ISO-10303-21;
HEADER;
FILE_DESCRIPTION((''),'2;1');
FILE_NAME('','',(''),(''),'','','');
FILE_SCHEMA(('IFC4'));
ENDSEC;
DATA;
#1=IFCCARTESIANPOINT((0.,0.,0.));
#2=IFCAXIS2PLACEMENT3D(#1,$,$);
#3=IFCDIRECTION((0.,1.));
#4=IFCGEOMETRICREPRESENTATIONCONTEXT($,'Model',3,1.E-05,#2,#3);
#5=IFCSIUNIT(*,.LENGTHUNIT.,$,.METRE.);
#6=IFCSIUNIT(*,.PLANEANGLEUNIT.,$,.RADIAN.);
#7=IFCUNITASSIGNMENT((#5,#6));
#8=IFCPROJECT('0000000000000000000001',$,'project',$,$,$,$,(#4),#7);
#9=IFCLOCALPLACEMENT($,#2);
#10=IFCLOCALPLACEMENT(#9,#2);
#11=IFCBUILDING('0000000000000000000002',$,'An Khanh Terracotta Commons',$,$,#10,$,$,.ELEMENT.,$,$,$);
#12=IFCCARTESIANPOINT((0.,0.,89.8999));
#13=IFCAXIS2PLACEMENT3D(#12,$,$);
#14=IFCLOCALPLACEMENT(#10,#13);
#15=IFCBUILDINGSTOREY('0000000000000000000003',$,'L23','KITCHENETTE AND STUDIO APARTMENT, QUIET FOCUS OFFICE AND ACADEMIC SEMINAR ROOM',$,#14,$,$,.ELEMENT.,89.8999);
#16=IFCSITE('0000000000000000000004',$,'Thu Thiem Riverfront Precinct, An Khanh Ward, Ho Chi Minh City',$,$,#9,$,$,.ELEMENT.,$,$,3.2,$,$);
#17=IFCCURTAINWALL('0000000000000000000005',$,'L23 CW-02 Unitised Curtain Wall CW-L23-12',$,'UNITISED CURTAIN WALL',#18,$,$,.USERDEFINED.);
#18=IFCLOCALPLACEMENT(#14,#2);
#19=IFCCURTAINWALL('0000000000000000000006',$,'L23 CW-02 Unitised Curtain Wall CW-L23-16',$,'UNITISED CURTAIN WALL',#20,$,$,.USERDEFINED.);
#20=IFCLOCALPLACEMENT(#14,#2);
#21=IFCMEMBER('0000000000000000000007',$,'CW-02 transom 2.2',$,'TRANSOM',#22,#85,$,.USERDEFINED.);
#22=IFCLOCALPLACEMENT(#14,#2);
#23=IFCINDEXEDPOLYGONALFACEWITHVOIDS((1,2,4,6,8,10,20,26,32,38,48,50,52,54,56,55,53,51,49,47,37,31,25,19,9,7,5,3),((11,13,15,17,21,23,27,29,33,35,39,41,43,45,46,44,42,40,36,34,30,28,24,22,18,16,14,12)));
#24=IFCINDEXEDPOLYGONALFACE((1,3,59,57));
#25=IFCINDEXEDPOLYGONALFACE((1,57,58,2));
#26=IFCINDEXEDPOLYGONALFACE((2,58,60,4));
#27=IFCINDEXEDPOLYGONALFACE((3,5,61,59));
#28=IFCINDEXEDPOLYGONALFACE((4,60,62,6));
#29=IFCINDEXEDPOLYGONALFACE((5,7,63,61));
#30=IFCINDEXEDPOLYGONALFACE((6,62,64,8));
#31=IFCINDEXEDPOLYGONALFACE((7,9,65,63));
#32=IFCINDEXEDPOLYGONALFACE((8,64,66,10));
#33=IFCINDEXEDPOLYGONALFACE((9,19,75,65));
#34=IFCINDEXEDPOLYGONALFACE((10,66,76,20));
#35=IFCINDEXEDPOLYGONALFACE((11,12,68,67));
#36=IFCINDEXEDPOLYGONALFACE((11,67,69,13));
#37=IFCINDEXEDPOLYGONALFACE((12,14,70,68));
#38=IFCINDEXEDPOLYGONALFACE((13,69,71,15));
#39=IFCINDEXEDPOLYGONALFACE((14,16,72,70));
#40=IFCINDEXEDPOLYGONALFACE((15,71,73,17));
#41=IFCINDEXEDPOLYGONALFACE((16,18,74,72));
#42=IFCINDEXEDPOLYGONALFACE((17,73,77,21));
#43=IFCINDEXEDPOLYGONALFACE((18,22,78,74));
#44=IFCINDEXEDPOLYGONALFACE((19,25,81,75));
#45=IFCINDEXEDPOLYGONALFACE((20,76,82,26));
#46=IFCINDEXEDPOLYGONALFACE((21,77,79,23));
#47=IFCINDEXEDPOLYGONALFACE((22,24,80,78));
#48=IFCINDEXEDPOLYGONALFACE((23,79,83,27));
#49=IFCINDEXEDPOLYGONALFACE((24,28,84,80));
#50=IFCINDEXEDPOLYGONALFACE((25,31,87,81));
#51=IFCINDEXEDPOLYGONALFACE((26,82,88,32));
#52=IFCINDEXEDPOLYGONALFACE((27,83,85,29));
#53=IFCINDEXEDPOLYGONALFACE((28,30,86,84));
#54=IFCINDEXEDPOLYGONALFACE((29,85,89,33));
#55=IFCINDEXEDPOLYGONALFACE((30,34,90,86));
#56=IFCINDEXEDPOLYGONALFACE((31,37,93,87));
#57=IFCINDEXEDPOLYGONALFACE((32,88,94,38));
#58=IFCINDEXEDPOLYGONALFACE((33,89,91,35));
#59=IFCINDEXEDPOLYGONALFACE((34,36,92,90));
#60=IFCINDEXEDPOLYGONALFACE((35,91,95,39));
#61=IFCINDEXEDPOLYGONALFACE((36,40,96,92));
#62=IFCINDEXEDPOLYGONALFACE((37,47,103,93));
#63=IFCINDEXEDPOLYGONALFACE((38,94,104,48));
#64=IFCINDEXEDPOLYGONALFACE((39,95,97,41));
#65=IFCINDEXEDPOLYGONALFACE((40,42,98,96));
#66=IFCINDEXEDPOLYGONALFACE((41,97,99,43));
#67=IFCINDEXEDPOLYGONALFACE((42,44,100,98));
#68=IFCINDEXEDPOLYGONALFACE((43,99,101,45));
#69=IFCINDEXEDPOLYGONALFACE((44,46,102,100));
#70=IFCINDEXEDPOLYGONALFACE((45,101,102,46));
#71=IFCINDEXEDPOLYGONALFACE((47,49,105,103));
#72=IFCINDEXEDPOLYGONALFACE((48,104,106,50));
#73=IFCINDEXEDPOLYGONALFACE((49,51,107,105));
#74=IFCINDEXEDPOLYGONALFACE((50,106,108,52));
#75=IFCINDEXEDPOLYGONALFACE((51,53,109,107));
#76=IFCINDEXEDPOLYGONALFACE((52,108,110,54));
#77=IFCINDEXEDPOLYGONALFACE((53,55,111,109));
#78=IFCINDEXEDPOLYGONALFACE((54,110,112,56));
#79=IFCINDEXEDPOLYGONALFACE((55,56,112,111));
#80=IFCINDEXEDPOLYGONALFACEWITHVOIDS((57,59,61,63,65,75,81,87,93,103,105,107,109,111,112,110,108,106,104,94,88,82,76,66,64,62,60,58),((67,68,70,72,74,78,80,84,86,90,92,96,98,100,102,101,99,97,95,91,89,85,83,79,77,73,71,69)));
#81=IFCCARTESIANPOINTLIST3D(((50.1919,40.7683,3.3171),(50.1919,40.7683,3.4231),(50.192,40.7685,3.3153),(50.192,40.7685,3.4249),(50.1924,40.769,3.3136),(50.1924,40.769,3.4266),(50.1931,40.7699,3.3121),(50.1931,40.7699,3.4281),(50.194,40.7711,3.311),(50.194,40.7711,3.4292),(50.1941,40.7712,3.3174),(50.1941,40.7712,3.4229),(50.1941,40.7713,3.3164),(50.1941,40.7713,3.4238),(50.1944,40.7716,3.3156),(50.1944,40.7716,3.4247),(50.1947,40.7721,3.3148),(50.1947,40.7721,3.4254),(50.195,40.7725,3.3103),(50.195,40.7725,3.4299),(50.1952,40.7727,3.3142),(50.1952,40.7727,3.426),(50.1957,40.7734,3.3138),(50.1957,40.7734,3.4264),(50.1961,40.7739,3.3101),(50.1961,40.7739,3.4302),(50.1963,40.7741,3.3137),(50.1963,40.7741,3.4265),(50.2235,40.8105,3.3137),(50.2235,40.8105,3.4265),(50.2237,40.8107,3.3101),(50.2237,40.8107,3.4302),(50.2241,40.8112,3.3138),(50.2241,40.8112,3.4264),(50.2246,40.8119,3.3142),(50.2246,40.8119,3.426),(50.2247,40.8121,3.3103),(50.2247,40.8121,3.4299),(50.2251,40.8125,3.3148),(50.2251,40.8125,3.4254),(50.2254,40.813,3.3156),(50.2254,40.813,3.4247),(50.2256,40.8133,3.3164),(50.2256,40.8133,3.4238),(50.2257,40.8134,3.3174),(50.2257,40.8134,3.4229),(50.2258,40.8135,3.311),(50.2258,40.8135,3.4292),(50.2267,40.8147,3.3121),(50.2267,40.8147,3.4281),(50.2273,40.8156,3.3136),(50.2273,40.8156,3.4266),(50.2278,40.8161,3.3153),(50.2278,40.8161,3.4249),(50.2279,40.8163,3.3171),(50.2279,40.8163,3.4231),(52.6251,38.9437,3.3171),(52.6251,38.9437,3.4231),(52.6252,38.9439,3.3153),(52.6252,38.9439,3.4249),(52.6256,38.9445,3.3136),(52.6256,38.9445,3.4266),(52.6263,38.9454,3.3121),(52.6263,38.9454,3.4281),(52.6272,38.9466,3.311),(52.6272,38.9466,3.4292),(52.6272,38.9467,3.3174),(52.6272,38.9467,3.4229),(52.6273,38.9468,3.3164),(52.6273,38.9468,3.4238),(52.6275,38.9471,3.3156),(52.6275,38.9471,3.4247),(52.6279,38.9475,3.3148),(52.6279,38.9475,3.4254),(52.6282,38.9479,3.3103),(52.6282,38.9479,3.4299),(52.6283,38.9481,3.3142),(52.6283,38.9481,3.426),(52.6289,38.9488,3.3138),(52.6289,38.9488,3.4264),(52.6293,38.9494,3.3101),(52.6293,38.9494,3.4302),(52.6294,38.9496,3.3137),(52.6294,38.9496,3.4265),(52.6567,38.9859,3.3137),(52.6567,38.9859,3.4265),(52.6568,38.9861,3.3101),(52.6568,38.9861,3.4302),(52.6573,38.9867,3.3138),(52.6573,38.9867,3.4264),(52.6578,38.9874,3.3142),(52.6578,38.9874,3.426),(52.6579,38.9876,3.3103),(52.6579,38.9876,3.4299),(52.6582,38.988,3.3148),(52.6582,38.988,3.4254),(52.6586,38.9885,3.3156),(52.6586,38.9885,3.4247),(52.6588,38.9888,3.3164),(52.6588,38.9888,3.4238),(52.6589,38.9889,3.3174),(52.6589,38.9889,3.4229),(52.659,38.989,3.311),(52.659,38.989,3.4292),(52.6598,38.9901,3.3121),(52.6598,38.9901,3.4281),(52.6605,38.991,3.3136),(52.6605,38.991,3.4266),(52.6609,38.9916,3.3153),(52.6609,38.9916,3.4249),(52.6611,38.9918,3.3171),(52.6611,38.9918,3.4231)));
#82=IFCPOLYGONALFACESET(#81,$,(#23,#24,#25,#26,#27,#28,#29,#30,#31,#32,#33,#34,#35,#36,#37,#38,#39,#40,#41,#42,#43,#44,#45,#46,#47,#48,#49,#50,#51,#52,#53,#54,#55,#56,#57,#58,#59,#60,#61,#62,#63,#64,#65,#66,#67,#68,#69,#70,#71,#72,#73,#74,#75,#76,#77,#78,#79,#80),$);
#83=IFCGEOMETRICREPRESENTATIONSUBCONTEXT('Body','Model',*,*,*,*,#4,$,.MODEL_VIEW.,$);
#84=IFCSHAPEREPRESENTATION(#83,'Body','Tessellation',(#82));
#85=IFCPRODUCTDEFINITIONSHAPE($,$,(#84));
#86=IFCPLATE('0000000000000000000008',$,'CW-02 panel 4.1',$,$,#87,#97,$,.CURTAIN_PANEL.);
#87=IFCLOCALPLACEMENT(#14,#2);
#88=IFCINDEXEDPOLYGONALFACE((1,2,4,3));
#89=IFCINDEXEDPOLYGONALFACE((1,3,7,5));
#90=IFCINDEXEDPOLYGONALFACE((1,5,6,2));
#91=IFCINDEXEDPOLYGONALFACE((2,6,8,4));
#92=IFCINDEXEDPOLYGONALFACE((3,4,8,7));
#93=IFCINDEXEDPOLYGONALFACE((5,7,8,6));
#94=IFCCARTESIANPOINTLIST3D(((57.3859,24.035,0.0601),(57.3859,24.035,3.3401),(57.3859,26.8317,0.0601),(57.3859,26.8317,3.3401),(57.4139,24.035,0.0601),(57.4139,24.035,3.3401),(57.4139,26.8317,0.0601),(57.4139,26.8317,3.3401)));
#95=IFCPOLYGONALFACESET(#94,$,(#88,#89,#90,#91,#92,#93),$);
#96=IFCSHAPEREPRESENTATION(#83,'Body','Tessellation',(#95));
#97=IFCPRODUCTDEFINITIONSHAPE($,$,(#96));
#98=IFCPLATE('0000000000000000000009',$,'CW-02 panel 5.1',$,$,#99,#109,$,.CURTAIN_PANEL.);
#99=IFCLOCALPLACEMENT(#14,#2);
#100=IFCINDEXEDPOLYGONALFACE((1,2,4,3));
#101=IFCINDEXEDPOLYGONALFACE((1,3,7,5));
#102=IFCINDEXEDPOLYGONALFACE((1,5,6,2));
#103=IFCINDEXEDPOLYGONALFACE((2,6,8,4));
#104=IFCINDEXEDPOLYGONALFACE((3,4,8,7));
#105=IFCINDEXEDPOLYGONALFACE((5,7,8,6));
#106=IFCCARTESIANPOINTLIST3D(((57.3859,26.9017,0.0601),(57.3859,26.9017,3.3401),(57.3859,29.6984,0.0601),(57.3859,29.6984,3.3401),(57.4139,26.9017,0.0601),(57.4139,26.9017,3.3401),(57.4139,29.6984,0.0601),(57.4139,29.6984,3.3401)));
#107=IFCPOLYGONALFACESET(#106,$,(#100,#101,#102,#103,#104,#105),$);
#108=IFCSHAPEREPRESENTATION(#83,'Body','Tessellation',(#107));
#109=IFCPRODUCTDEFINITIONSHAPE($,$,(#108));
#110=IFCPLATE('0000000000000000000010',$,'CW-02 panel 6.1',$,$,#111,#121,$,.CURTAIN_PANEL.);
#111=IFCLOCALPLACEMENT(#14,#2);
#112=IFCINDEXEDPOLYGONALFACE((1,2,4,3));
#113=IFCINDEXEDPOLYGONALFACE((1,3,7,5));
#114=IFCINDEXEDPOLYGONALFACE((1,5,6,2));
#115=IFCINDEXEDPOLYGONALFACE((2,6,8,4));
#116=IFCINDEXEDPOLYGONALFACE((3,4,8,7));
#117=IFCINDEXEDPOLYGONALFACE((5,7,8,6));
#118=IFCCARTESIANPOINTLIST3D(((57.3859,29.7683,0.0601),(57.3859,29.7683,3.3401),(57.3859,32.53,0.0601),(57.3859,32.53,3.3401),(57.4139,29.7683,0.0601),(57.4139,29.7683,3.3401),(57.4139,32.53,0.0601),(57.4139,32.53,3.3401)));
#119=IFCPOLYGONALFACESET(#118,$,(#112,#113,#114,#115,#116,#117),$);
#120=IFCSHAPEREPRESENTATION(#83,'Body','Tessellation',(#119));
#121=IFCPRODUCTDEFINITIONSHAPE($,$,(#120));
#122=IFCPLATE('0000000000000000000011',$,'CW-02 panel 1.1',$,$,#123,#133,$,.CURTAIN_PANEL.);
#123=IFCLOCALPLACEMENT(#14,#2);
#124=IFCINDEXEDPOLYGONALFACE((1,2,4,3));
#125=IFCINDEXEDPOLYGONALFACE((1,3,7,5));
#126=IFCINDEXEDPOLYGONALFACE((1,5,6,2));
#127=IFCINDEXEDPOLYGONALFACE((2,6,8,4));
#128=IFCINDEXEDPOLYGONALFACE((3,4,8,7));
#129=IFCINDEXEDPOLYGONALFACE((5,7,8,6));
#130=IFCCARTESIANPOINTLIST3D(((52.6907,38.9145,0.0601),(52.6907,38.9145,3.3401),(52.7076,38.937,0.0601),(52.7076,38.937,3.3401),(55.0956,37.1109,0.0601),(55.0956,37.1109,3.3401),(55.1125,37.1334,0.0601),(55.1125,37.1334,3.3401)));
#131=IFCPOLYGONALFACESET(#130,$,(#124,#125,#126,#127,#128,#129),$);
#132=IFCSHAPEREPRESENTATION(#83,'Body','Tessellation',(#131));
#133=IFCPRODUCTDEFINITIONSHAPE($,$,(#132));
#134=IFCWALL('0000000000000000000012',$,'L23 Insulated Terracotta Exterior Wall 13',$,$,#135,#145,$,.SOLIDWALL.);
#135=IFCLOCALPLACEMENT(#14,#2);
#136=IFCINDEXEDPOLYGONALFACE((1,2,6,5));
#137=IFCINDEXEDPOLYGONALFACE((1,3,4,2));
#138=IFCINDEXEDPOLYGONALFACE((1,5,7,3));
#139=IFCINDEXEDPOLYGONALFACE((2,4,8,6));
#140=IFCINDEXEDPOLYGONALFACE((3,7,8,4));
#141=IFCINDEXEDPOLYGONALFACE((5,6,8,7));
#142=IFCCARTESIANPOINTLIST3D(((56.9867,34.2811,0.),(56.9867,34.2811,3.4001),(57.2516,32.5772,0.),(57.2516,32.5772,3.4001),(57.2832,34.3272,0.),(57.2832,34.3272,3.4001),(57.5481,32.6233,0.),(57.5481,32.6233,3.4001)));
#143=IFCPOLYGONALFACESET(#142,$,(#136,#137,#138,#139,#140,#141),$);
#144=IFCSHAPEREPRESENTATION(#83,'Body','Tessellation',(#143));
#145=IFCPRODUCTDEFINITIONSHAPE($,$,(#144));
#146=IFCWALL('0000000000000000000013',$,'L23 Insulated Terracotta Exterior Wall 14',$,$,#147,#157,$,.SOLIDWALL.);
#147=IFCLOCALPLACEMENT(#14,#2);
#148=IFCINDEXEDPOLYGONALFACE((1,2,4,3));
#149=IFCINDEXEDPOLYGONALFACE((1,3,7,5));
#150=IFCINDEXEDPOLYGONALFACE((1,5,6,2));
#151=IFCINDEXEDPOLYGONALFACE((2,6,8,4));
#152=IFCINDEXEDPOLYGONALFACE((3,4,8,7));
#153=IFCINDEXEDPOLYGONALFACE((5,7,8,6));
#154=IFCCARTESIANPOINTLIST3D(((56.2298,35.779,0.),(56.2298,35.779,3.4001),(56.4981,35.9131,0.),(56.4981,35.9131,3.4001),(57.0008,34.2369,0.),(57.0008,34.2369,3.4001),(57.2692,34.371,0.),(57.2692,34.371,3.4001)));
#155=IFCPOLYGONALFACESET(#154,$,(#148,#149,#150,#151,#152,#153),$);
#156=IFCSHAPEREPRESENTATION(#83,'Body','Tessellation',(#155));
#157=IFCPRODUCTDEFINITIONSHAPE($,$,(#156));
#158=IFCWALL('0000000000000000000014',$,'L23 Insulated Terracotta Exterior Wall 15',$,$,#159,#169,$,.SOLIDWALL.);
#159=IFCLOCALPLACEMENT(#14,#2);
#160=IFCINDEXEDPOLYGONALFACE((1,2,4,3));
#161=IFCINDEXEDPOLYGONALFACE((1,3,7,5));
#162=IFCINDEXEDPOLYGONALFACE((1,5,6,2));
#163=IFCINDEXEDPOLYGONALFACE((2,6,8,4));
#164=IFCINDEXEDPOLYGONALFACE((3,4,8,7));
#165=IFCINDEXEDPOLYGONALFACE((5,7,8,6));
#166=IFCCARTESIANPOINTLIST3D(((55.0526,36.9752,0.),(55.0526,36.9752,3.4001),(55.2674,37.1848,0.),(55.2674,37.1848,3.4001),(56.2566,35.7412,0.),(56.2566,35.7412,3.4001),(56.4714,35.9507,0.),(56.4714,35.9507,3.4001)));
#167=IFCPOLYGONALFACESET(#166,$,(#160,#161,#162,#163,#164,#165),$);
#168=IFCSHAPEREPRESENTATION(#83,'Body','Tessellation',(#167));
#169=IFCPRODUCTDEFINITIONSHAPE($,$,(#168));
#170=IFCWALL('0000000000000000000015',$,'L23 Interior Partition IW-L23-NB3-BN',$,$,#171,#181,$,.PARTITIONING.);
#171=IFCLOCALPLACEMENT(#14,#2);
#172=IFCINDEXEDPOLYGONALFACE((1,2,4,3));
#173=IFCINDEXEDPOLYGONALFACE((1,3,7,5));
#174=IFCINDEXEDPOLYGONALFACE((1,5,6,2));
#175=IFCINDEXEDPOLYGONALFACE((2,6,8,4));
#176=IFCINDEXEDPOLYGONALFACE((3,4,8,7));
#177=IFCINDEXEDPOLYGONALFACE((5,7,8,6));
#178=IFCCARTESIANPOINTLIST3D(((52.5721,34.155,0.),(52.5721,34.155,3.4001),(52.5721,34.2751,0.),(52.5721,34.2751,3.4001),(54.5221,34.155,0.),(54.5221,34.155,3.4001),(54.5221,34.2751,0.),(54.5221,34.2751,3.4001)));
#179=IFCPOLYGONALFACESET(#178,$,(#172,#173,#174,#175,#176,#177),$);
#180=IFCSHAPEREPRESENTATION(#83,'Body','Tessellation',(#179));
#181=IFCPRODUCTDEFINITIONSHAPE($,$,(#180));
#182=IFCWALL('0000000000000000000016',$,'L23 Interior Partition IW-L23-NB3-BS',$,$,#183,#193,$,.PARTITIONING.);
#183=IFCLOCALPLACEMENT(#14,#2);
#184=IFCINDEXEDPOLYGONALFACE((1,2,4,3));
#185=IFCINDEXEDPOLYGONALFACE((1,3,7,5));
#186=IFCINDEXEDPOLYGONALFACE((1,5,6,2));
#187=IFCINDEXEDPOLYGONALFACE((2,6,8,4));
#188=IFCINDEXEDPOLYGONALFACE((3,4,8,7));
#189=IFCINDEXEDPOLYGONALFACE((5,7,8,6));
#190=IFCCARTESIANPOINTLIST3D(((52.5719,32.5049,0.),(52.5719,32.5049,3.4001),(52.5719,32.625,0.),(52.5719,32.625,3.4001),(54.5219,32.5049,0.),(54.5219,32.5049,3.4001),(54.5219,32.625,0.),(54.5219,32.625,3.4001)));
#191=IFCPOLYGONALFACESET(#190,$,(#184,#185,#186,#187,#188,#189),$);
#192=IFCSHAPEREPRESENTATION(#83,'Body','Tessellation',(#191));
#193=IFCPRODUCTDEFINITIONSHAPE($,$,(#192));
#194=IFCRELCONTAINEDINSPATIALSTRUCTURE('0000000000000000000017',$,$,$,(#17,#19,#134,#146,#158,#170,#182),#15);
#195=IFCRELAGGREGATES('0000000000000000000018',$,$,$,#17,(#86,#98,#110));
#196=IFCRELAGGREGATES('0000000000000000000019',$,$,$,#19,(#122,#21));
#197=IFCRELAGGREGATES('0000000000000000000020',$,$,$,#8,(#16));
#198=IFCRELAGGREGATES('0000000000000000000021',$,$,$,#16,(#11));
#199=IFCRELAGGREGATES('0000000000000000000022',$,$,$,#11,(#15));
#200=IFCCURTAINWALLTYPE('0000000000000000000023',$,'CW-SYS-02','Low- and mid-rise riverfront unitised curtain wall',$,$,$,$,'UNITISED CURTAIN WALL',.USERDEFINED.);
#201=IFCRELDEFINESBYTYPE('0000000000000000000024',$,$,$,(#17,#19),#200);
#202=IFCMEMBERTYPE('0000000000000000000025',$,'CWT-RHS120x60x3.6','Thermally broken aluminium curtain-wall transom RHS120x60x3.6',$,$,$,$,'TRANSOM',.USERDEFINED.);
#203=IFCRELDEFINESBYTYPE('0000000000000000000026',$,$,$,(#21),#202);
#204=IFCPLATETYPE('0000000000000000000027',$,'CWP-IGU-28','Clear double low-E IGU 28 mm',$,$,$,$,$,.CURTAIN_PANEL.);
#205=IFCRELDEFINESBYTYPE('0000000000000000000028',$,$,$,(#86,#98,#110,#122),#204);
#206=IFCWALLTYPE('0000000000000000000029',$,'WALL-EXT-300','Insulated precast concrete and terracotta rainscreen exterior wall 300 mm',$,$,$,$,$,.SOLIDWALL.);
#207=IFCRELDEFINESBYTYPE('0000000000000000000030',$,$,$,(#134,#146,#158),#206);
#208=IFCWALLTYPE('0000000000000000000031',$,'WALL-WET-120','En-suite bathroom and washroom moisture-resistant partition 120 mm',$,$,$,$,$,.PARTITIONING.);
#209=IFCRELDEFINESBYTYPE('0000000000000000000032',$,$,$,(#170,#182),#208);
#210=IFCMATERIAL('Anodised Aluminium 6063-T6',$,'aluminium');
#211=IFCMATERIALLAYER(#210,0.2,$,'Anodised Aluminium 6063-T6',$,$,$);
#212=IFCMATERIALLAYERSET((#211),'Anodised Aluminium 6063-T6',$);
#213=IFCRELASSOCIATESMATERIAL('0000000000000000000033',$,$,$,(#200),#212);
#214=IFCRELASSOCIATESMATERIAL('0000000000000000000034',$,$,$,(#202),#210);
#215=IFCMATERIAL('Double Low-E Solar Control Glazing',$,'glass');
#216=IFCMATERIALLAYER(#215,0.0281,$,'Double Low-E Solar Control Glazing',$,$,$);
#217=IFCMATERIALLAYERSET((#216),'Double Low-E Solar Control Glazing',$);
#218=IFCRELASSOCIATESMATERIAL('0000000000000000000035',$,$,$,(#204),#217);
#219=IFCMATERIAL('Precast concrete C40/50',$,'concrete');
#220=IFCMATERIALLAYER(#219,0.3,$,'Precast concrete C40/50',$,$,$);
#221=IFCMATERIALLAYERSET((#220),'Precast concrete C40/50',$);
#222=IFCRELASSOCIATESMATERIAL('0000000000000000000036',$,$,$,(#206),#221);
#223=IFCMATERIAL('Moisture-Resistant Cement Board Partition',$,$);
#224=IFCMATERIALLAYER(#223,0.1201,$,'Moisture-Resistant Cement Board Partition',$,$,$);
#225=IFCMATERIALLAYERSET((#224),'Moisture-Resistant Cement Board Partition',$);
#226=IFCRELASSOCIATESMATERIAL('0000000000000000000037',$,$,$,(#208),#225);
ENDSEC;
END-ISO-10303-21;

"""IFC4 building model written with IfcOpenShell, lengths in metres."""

from ifc_helpers import new_model, si_unit, direction, frame, frame_2d, origin, origin_2d, place, context, subcontext, project, spatial, rectangle, hollow_rectangle, extrude, material, layer, layer_set, material_profile, profile_set, type_object, element, aggregate, save


model = new_model("IFC4")

# Units and contexts
model_context = context("Model", 3, precision=1e-05, world=origin(), true_north=direction((0.0, 1.0)))
body_context = subcontext(model_context, "Body", "Model", "MODEL_VIEW")
ifc_project = project(units=[si_unit("LENGTHUNIT", "METRE"), si_unit("PLANEANGLEUNIT", "RADIAN")], contexts=[model_context])

# Site, building, storey
site_placement = place(None, origin())
site = spatial("IfcSite", under=ifc_project, at=site_placement, Name="Thu Thiem Riverfront Precinct, An Khanh Ward, Ho Chi Minh City", CompositionType="ELEMENT", RefElevation=3.2)
building_placement = place(site_placement, origin())
building = spatial("IfcBuilding", under=site, at=building_placement, Name="An Khanh Terracotta Commons", CompositionType="ELEMENT")
storey_placement = place(building_placement, frame((0.0, 0.0, 89.8999)))
storey = spatial("IfcBuildingStorey", under=building, at=storey_placement, Name="L23", Description="KITCHENETTE AND STUDIO APARTMENT, QUIET FOCUS OFFICE AND ACADEMIC SEMINAR ROOM", CompositionType="ELEMENT", Elevation=89.8999)

# Curtain walls
ifc_material_1 = material(Name="Anodised Aluminium 6063-T6", Category="aluminium")
ifc_layer_1 = layer(ifc_material_1, 0.2, Name="Anodised Aluminium 6063-T6")
ifc_layer_set_1 = layer_set([ifc_layer_1], Name="Anodised Aluminium 6063-T6")
curtain_wall_type = type_object("IfcCurtainWallType", Name="CW-SYS-02", Description="Low- and mid-rise riverfront unitised curtain wall", ElementType="UNITISED CURTAIN WALL", PredefinedType="USERDEFINED", material=ifc_layer_set_1)
curtain_wall_1_placement = place(storey_placement, origin())
curtain_wall_1 = element("IfcCurtainWall", 1, at=curtain_wall_1_placement, inside=storey, type_object=curtain_wall_type, Name="L23 CW-02 Unitised Curtain Wall CW-L23-12", ObjectType="UNITISED CURTAIN WALL", PredefinedType="USERDEFINED")
curtain_wall_2_placement = place(storey_placement, origin())
curtain_wall_2 = element("IfcCurtainWall", 2, at=curtain_wall_2_placement, inside=storey, type_object=curtain_wall_type, Name="L23 CW-02 Unitised Curtain Wall CW-L23-16", ObjectType="UNITISED CURTAIN WALL", PredefinedType="USERDEFINED")

# Member
ifc_material_profile_1 = material_profile(ifc_material_1, hollow_rectangle(XDim=0.0601, YDim=0.1201, WallThickness=0.0037, InnerFilletRadius=0.0037, OuterFilletRadius=0.0071, at=origin_2d()), Name="RHS120x60x3.6")
ifc_profile_set_1 = profile_set([ifc_material_profile_1], Name="Anodised Aluminium 6063-T6")
member_type_1 = type_object("IfcMemberType", Name="CWT-RHS120x60x3.6", Description="Thermally broken aluminium curtain-wall transom RHS120x60x3.6", ElementType="TRANSOM", PredefinedType="USERDEFINED", material=ifc_profile_set_1)
member_1_placement = place(storey_placement, frame((52.6431, 38.9678, 3.3701), z_axis=(-0.800058, 0.599923, 0.0), x_axis=(-0.599923, -0.800058, 0.0)))
member_1 = element("IfcMember", 3, at=member_1_placement, type_object=member_type_1, Name="CW-02 transom 2.2", ObjectType="TRANSOM", PredefinedType="USERDEFINED", context=body_context, shape_type="SweptSolid", body=[
    extrude(hollow_rectangle(XDim=0.0601, YDim=0.1201, WallThickness=0.0037, InnerFilletRadius=0.0037, OuterFilletRadius=0.0071, at=origin_2d()), origin(), (0.0, 0.0, 1.0), 3.0413),
])

# Plates
ifc_material_2 = material(Name="Double Low-E Solar Control Glazing", Category="glass")
ifc_layer_2 = layer(ifc_material_2, 0.0281, Name="Double Low-E Solar Control Glazing")
ifc_layer_set_2 = layer_set([ifc_layer_2], Name="Double Low-E Solar Control Glazing")
plate_type = type_object("IfcPlateType", Name="CWP-IGU-28", Description="Clear double low-E IGU 28 mm", PredefinedType="CURTAIN_PANEL", material=ifc_layer_set_2)
plate_1_placement = place(storey_placement, frame((57.3999, 25.4333, 0.0601), z_axis=(0.0, 0.0, 1.0), x_axis=(0.0, 1.0, 0.0)))
plate_1 = element("IfcPlate", 4, at=plate_1_placement, type_object=plate_type, Name="CW-02 panel 4.1", PredefinedType="CURTAIN_PANEL", context=body_context, shape_type="SweptSolid", body=[
    extrude(rectangle(XDim=2.7966, YDim=0.0281, at=origin_2d()), origin(), (0.0, 0.0, 1.0), 3.28),
])
plate_2_placement = place(storey_placement, frame((57.3999, 28.3, 0.0601), z_axis=(0.0, 0.0, 1.0), x_axis=(0.0, 1.0, 0.0)))
plate_2 = element("IfcPlate", 5, at=plate_2_placement, type_object=plate_type, Name="CW-02 panel 5.1", PredefinedType="CURTAIN_PANEL", context=body_context, shape_type="SweptSolid", body=[
    extrude(rectangle(XDim=2.7966, YDim=0.0281, at=origin_2d()), origin(), (0.0, 0.0, 1.0), 3.28),
])
plate_3_placement = place(storey_placement, frame((57.3999, 31.1492, 0.0601), z_axis=(0.0, 0.0, 1.0), x_axis=(0.0, 1.0, 0.0)))
plate_3 = element("IfcPlate", 6, at=plate_3_placement, type_object=plate_type, Name="CW-02 panel 6.1", PredefinedType="CURTAIN_PANEL", context=body_context, shape_type="SweptSolid", body=[
    extrude(rectangle(XDim=2.7617, YDim=0.0281, at=origin_2d()), origin(), (0.0, 0.0, 1.0), 3.28),
])
aggregate(curtain_wall_1, [plate_1, plate_2, plate_3])
plate_4_placement = place(storey_placement, frame((53.9016, 38.0239, 0.0601), z_axis=(0.0, 0.0, 1.0), x_axis=(-0.800013, 0.599983, 0.0)))
plate_4 = element("IfcPlate", 7, at=plate_4_placement, type_object=plate_type, Name="CW-02 panel 1.1", PredefinedType="CURTAIN_PANEL", context=body_context, shape_type="SweptSolid", body=[
    extrude(rectangle(XDim=3.0061, YDim=0.0281, at=origin_2d()), origin(), (0.0, 0.0, 1.0), 3.28),
])
aggregate(curtain_wall_2, [plate_4, member_1])

# Walls
ifc_material_3 = material(Name="Precast concrete C40/50", Category="concrete")
ifc_layer_3 = layer(ifc_material_3, 0.3, Name="Precast concrete C40/50")
ifc_layer_set_3 = layer_set([ifc_layer_3], Name="Precast concrete C40/50")
wall_type_1 = type_object("IfcWallType", Name="WALL-EXT-300", Description="Insulated precast concrete and terracotta rainscreen exterior wall 300 mm", PredefinedType="SOLIDWALL", material=ifc_layer_set_3)
wall_1_placement = place(storey_placement, frame((57.3999, 32.6001, 0.0), z_axis=(0.0, 0.0, 1.0), x_axis=(-0.153621, 0.98813, 0.0)))
element("IfcWall", 8, at=wall_1_placement, inside=storey, type_object=wall_type_1, Name="L23 Insulated Terracotta Exterior Wall 13", PredefinedType="SOLIDWALL", context=body_context, shape_type="SweptSolid", body=[
    extrude(rectangle(XDim=1.7244, YDim=0.3, at=frame_2d((0.8623, 0.0))), origin(), (0.0, 0.0, 1.0), 3.4001),
])
for number, where, z_axis, x_axis, name in (
    (9, (57.135, 34.304, 0.0), (0.0, 0.0, 1.0), (-0.447214, 0.894427, 0.0), "L23 Insulated Terracotta Exterior Wall 14"),
    (10, (56.364, 35.8459, 0.0), (0.0, 0.0, 1.0), (-0.698345, 0.715761, 0.0), "L23 Insulated Terracotta Exterior Wall 15"),
):
    element("IfcWall", number, at=place(storey_placement, frame(where, z_axis=z_axis, x_axis=x_axis)), inside=storey, type_object=wall_type_1, Name=name, PredefinedType="SOLIDWALL", context=body_context, shape_type="SweptSolid", body=[
        extrude(rectangle(XDim=1.7241, YDim=0.3, at=frame_2d((0.8621, 0.0))), origin(), (0.0, 0.0, 1.0), 3.4001),
    ])
ifc_material_4 = material(Name="Moisture-Resistant Cement Board Partition")
ifc_layer_4 = layer(ifc_material_4, 0.1201, Name="Moisture-Resistant Cement Board Partition")
ifc_layer_set_4 = layer_set([ifc_layer_4], Name="Moisture-Resistant Cement Board Partition")
wall_type_2 = type_object("IfcWallType", Name="WALL-WET-120", Description="En-suite bathroom and washroom moisture-resistant partition 120 mm", PredefinedType="PARTITIONING", material=ifc_layer_set_4)
for number, where, z_axis, x_axis, name in (
    (11, (52.572, 34.2151, 0.0), (0.0, 0.0, 1.0), (1.0, 0.0, 0.0), "L23 Interior Partition IW-L23-NB3-BN"),
    (12, (54.522, 32.5649, 0.0), (0.0, 0.0, 1.0), (-1.0, 0.0, 0.0), "L23 Interior Partition IW-L23-NB3-BS"),
):
    element("IfcWall", number, at=place(storey_placement, frame(where, z_axis=z_axis, x_axis=x_axis)), inside=storey, type_object=wall_type_2, Name=name, PredefinedType="PARTITIONING", context=body_context, shape_type="SweptSolid", body=[
        extrude(rectangle(XDim=1.95, YDim=0.1201, at=frame_2d((0.9751, 0.0))), origin(), (0.0, 0.0, 1.0), 3.4001),
    ])

save(model, "model.ifc")
